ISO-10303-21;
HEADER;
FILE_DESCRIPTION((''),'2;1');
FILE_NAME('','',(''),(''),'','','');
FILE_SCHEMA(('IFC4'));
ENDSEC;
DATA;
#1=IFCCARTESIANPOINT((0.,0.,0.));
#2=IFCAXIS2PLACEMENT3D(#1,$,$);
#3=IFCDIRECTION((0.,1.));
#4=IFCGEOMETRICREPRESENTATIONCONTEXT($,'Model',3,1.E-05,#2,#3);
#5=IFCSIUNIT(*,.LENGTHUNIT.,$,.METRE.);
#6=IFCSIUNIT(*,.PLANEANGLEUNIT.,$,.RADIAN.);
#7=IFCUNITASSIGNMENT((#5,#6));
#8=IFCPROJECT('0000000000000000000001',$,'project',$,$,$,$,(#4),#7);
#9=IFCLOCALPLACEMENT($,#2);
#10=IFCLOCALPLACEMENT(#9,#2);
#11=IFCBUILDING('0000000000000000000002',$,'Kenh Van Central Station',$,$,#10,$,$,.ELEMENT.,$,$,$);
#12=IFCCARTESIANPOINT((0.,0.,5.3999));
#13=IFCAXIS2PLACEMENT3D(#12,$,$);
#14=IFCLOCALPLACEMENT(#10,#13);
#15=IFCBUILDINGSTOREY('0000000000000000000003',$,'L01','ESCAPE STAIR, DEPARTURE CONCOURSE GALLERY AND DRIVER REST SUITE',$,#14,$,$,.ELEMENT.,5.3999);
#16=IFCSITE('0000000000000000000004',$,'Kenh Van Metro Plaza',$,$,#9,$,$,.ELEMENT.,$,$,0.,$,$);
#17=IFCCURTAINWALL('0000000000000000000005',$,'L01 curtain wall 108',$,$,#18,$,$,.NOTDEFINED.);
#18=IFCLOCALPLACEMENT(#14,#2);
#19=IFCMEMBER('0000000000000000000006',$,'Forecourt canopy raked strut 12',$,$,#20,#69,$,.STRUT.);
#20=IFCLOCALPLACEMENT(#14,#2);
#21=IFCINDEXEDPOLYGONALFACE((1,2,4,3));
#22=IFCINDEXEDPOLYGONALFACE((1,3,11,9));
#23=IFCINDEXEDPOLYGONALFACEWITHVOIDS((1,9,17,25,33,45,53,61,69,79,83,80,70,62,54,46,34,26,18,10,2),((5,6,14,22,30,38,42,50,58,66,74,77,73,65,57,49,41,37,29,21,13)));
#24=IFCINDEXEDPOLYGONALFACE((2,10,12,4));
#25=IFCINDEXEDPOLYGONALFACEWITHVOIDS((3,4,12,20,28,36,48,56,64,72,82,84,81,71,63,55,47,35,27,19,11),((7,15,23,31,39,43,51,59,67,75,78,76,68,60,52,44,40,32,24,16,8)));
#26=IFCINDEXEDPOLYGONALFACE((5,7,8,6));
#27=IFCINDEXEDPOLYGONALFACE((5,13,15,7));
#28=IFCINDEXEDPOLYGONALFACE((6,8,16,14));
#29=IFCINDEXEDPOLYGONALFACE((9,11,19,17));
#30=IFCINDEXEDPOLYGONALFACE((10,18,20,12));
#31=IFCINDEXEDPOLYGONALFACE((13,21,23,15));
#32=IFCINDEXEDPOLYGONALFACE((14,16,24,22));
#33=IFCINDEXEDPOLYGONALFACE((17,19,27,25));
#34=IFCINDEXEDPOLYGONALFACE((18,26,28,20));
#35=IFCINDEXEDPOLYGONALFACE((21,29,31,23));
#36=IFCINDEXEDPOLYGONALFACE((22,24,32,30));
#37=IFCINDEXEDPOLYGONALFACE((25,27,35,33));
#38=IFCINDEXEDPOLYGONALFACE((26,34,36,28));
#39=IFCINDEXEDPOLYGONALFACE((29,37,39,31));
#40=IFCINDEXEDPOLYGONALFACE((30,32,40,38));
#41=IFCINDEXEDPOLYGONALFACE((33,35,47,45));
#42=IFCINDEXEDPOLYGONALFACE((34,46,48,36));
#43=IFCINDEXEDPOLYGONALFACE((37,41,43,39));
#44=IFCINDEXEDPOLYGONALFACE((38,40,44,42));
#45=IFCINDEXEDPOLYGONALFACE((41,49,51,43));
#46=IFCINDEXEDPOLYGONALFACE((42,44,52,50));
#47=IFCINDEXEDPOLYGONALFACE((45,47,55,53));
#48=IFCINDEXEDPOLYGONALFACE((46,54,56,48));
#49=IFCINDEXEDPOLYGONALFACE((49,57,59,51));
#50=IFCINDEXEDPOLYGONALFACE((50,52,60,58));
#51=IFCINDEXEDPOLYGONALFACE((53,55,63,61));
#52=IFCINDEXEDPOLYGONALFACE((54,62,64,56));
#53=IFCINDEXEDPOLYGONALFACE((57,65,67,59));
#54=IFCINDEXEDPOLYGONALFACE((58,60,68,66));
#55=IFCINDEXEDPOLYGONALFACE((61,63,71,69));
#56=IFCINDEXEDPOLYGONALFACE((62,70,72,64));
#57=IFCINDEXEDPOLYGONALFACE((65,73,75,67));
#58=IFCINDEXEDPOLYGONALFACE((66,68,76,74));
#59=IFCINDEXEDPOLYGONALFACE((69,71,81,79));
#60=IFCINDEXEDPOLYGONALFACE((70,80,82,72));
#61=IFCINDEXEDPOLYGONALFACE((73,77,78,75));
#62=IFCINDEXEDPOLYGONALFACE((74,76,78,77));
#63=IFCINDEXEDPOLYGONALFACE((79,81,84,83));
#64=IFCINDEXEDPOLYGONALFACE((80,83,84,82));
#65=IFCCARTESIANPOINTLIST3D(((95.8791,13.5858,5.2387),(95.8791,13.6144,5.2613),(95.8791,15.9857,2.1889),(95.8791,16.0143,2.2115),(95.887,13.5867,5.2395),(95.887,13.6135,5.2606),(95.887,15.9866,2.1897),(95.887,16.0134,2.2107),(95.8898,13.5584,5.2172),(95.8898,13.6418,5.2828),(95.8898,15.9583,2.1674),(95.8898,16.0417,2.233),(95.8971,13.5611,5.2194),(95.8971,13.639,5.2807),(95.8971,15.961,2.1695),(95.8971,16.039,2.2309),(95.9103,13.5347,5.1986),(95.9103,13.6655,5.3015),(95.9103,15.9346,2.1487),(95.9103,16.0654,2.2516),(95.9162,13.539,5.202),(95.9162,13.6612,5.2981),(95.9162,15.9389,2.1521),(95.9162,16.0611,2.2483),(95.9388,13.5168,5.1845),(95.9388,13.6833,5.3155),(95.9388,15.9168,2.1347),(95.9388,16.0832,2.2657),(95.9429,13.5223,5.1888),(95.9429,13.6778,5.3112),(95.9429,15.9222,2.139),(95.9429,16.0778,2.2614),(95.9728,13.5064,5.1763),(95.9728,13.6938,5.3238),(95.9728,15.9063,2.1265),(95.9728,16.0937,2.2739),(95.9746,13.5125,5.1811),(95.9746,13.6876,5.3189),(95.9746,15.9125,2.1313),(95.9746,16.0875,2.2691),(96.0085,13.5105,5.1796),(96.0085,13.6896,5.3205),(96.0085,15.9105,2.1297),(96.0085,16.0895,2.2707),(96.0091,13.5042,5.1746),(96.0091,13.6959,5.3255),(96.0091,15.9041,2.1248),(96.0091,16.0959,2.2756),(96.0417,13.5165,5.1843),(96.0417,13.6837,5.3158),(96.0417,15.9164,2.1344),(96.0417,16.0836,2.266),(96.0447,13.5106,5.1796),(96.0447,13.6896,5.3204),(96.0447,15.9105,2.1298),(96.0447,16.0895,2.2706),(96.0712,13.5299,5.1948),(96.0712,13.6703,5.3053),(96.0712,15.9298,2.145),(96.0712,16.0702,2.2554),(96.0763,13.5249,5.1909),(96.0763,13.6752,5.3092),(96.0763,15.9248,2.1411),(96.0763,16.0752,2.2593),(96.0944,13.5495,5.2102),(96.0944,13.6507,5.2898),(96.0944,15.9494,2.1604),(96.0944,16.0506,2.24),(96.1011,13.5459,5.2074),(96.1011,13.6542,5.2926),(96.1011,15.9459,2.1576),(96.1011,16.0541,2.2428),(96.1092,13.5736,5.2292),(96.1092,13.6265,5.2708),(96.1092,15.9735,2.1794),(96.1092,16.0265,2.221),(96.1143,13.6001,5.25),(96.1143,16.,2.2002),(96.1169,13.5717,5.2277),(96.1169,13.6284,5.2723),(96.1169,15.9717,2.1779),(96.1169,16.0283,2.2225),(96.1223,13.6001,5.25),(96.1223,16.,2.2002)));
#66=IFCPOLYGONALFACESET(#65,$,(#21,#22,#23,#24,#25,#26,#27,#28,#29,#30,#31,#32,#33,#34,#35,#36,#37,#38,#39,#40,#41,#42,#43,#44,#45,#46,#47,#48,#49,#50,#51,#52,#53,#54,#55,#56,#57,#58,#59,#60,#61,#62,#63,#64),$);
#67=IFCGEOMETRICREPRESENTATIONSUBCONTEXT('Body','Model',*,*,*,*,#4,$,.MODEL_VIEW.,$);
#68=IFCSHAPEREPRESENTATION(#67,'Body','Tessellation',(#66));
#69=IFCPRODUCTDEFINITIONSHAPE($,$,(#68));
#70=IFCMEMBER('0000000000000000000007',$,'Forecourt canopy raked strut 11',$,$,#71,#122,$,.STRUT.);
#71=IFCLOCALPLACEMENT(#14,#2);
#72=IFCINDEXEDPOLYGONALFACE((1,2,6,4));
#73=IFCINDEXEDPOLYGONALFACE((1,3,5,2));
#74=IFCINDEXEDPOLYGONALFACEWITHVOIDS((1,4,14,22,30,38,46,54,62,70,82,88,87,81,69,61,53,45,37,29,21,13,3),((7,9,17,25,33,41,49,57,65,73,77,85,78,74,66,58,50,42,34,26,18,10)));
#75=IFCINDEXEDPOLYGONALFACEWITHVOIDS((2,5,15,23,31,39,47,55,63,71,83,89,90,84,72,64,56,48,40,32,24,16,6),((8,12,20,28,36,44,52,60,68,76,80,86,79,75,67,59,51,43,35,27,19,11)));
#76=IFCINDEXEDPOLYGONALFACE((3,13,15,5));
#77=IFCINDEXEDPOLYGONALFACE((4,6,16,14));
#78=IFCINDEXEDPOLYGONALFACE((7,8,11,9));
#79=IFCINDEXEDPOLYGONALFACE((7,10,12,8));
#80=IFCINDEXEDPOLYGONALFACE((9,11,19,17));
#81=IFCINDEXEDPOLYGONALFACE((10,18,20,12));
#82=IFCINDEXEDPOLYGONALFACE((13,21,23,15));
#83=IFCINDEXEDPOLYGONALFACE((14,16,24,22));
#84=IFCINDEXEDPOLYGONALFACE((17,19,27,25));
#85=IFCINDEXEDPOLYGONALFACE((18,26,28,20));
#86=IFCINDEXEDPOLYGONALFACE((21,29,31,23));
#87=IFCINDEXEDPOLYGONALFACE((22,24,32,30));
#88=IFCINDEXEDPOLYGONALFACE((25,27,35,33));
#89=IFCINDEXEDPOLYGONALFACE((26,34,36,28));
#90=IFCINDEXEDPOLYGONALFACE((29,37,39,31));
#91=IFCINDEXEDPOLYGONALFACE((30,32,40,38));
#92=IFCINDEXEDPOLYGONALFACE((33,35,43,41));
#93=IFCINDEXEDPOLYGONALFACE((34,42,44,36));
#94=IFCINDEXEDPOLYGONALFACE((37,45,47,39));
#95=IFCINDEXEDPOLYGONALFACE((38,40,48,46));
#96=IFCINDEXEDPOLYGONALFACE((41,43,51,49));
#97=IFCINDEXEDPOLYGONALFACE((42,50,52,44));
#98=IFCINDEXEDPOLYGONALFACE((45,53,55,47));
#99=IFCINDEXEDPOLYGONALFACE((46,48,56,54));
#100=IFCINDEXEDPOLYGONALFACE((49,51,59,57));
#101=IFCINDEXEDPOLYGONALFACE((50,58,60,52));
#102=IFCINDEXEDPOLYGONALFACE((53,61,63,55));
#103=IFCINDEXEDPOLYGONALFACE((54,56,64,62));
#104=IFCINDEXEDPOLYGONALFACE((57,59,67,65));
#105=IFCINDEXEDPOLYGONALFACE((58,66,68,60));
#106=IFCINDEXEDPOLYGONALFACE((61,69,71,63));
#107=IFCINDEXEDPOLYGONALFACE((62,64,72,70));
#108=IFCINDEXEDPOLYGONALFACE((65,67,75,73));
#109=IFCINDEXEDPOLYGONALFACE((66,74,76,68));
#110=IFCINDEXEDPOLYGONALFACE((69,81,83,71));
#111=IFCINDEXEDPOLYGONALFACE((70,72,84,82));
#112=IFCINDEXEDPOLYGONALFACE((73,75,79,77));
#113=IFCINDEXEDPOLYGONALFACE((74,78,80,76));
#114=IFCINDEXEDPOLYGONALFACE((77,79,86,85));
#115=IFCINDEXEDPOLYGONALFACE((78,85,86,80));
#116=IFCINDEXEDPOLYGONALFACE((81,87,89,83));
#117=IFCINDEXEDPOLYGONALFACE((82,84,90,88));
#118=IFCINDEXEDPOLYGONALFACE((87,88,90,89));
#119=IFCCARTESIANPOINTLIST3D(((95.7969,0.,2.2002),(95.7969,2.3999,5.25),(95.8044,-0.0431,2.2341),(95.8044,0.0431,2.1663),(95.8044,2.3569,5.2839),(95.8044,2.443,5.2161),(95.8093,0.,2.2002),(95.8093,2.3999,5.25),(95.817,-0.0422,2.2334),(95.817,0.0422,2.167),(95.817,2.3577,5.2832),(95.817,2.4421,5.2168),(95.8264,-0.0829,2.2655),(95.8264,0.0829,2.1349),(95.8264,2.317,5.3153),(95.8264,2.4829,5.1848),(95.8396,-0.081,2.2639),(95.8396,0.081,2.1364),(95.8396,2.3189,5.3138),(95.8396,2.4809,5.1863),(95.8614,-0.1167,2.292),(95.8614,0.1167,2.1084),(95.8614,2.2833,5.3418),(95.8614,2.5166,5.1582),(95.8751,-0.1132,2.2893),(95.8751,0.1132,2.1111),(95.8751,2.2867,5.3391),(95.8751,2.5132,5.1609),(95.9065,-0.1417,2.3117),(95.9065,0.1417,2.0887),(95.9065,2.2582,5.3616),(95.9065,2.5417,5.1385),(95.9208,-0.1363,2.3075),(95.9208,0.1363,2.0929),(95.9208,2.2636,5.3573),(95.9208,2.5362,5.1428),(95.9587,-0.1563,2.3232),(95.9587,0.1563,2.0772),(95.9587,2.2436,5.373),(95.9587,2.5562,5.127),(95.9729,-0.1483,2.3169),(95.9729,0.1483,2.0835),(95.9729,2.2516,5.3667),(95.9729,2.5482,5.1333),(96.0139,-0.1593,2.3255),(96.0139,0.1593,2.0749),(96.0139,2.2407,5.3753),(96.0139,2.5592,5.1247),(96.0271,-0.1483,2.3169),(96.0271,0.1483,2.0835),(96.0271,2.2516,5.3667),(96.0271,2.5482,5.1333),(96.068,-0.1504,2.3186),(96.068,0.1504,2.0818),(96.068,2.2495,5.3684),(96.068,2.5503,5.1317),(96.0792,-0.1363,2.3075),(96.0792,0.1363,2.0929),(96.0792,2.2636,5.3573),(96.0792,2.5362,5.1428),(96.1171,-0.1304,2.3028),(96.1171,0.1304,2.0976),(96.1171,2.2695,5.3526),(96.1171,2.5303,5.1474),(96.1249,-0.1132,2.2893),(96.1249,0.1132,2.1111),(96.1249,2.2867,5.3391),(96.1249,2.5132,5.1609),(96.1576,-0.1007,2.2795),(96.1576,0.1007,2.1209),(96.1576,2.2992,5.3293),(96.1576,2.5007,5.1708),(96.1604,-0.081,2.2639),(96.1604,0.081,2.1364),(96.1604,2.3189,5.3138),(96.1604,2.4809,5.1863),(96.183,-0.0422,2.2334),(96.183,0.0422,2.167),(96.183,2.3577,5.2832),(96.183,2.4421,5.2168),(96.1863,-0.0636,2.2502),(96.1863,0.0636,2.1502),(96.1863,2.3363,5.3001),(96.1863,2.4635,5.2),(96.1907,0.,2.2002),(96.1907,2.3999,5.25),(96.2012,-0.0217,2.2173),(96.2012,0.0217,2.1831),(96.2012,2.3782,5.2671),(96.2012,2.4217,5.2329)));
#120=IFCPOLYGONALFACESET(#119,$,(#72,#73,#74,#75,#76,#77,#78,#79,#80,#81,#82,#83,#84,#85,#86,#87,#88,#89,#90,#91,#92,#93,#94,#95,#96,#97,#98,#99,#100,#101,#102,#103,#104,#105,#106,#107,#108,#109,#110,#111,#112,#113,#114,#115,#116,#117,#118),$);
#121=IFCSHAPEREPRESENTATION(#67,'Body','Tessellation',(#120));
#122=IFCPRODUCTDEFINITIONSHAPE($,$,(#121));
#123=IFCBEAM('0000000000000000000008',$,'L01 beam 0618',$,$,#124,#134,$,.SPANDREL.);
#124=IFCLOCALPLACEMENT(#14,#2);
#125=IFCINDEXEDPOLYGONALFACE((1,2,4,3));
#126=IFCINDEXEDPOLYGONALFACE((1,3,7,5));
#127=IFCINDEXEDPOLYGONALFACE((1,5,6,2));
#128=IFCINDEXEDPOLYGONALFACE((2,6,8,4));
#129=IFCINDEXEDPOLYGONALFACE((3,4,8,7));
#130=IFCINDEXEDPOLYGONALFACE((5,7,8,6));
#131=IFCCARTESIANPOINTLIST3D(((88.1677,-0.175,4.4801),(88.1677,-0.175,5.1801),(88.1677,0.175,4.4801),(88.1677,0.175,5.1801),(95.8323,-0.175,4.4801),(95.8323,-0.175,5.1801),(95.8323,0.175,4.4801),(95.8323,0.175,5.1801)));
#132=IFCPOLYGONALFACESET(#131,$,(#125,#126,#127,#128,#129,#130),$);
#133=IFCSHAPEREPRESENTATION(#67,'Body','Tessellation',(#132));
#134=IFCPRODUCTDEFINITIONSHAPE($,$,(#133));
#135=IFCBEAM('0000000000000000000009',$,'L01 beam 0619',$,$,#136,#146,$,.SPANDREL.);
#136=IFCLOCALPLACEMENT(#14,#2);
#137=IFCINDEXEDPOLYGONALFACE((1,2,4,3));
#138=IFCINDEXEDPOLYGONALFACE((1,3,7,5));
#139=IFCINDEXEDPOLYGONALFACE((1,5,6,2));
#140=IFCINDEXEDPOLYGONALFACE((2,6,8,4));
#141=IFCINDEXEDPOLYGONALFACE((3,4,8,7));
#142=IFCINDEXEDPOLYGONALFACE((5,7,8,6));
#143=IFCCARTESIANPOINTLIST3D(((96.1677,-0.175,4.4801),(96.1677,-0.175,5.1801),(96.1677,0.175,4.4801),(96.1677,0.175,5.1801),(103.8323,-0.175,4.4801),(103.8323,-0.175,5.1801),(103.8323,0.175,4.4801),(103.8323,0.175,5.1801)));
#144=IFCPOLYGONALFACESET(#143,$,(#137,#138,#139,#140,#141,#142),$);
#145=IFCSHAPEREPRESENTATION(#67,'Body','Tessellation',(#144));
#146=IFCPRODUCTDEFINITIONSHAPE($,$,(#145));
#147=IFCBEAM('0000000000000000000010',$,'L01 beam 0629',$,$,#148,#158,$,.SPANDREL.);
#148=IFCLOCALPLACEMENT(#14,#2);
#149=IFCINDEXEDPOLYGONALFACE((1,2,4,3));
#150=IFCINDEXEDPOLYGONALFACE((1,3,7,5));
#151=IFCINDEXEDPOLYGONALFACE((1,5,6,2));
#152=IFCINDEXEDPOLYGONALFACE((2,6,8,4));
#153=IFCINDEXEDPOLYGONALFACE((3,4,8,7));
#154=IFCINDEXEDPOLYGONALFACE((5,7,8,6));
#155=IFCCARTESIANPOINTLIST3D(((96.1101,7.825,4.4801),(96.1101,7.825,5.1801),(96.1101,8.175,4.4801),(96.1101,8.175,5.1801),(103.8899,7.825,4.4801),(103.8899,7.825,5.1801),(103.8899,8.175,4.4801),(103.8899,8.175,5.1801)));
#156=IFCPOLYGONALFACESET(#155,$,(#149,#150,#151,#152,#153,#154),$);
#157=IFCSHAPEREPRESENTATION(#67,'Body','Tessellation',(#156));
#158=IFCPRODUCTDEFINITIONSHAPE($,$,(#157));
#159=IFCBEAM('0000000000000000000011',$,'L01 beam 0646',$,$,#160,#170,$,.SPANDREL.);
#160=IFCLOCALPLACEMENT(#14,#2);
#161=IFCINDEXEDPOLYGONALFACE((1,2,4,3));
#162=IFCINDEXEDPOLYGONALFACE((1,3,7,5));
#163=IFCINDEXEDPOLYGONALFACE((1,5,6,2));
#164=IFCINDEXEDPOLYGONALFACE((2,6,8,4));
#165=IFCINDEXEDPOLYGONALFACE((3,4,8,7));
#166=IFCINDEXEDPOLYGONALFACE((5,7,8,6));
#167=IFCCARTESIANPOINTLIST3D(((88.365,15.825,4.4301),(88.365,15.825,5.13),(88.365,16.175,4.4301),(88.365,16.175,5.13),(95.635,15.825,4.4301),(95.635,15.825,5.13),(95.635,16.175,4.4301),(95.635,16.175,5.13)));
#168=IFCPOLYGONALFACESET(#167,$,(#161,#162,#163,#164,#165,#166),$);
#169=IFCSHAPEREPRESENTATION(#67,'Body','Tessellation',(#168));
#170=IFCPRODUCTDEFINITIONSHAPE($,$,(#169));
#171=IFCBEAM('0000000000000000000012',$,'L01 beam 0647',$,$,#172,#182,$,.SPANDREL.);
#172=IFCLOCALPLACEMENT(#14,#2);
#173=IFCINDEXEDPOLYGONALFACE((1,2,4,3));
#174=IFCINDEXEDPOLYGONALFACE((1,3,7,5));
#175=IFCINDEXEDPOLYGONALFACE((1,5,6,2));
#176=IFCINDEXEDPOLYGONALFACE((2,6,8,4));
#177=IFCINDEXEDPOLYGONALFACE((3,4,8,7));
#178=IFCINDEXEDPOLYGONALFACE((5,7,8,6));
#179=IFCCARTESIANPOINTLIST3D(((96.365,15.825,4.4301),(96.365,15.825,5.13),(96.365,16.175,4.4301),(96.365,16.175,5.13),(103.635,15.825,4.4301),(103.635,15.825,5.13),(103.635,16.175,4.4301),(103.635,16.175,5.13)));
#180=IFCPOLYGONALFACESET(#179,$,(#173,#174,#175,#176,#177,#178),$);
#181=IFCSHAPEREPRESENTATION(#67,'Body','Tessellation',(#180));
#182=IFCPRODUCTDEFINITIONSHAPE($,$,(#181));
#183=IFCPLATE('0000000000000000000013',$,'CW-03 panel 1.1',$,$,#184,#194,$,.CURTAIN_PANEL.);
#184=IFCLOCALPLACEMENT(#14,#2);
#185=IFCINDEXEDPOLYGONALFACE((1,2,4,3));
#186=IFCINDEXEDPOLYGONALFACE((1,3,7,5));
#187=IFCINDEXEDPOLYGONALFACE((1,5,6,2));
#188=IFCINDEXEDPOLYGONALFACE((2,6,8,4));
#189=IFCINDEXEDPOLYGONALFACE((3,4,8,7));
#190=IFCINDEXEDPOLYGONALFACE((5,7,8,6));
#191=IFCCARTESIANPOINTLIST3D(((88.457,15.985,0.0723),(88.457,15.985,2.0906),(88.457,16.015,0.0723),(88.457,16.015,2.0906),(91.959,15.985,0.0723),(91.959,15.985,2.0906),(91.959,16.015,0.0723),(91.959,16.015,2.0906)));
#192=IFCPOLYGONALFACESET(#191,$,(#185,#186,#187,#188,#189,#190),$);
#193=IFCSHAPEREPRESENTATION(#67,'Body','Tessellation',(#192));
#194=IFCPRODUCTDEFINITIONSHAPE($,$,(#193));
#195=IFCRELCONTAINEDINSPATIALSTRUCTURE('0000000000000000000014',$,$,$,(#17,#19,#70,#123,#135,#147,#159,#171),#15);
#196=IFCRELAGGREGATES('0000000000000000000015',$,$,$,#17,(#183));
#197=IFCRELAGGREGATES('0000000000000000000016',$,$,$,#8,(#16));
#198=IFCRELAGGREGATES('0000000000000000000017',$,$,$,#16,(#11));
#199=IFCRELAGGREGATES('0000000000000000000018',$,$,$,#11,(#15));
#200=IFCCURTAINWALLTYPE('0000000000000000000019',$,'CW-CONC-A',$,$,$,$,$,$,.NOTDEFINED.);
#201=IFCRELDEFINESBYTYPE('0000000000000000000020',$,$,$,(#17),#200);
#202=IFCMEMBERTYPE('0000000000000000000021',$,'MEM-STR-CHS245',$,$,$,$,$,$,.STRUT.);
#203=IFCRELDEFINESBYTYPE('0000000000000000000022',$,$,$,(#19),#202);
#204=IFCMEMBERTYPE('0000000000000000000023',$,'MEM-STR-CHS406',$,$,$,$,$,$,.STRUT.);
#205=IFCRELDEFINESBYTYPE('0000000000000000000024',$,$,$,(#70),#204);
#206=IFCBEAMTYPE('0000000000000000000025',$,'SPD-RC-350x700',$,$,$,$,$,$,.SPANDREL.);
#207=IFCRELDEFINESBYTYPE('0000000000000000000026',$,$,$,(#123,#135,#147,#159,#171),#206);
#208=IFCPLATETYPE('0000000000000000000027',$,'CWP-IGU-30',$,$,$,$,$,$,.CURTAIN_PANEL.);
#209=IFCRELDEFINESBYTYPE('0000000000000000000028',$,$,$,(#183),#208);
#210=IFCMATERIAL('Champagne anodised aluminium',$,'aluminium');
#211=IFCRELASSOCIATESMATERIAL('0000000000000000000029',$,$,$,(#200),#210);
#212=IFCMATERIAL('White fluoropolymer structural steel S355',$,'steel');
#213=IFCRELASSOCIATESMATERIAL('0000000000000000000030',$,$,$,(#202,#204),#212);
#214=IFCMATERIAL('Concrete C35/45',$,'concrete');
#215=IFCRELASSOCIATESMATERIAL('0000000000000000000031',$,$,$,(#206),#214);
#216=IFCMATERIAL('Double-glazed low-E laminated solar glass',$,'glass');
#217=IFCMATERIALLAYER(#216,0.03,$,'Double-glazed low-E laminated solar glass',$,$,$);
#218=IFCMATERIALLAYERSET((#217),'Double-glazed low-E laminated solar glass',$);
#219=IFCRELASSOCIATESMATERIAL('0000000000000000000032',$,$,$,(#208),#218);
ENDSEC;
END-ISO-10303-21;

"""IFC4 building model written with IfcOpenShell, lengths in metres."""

from ifc_helpers import new_model, si_unit, direction, frame, origin, origin_2d, place, context, subcontext, project, spatial, rectangle, hollow_circle, extrude, material, layer, layer_set, material_profile, profile_set, type_object, element, aggregate, save


model = new_model("IFC4")

# Units and contexts
model_context = context("Model", 3, precision=1e-05, world=origin(), true_north=direction((0.0, 1.0)))
body_context = subcontext(model_context, "Body", "Model", "MODEL_VIEW")
ifc_project = project(units=[si_unit("LENGTHUNIT", "METRE"), si_unit("PLANEANGLEUNIT", "RADIAN")], contexts=[model_context])

# Site, building, storey
site_placement = place(None, origin())
site = spatial("IfcSite", under=ifc_project, at=site_placement, Name="Kenh Van Metro Plaza", CompositionType="ELEMENT", RefElevation=0.0)
building_placement = place(site_placement, origin())
building = spatial("IfcBuilding", under=site, at=building_placement, Name="Kenh Van Central Station", CompositionType="ELEMENT")
storey_placement = place(building_placement, frame((0.0, 0.0, 5.3999)))
storey = spatial("IfcBuildingStorey", under=building, at=storey_placement, Name="L01", Description="ESCAPE STAIR, DEPARTURE CONCOURSE GALLERY AND DRIVER REST SUITE", CompositionType="ELEMENT", Elevation=5.3999)

# Shared definitions
ifc_material_1 = material(Name="Concrete C35/45", Category="concrete")

# Curtain wall
ifc_material_2 = material(Name="Champagne anodised aluminium", Category="aluminium")
curtain_wall_type = type_object("IfcCurtainWallType", Name="CW-CONC-A", PredefinedType="NOTDEFINED", material=ifc_material_2)
curtain_wall_1_placement = place(storey_placement, origin())
curtain_wall_1 = element("IfcCurtainWall", 1, at=curtain_wall_1_placement, inside=storey, type_object=curtain_wall_type, Name="L01 curtain wall 108", PredefinedType="NOTDEFINED")

# Members
ifc_material_3 = material(Name="White fluoropolymer structural steel S355", Category="steel")
ifc_material_profile_1 = material_profile(ifc_material_3, hollow_circle(Radius=0.1223, WallThickness=0.0081, at=origin_2d()), Name="CHS 244.5x8")
ifc_profile_set_1 = profile_set([ifc_material_profile_1], Name="White fluoropolymer structural steel S355")
member_type_1 = type_object("IfcMemberType", Name="MEM-STR-CHS245", PredefinedType="STRUT", material=ifc_profile_set_1)
for number, where, z_axis, x_axis, name in (
    (2, (96.0, 16.0, 2.2002), (0.0, -0.618399, 0.785864), (1.0, 0.0, 0.0), "Forecourt canopy raked strut 12"),
):
    element("IfcMember", number, at=place(storey_placement, frame(where, z_axis=z_axis, x_axis=x_axis)), inside=storey, type_object=member_type_1, Name=name, PredefinedType="STRUT", context=body_context, shape_type="SweptSolid", body=[
        extrude(hollow_circle(Radius=0.1223, WallThickness=0.0081, at=origin_2d()), origin(), (0.0, 0.0, 1.0), 3.8809),
    ])
ifc_material_profile_2 = material_profile(ifc_material_3, hollow_circle(Radius=0.2031, WallThickness=0.0125, at=origin_2d()), Name="CHS 406.4x12.5")
ifc_profile_set_2 = profile_set([ifc_material_profile_2], Name="White fluoropolymer structural steel S355")
member_type_2 = type_object("IfcMemberType", Name="MEM-STR-CHS406", PredefinedType="STRUT", material=ifc_profile_set_2)
member_1_placement = place(storey_placement, frame((96.0, 0.0, 2.2002), z_axis=(0.0, 0.618399, 0.785864), x_axis=(-1.0, 0.0, 0.0)))
element("IfcMember", 3, at=member_1_placement, inside=storey, type_object=member_type_2, Name="Forecourt canopy raked strut 11", PredefinedType="STRUT", context=body_context, shape_type="SweptSolid", body=[
    extrude(hollow_circle(Radius=0.2031, WallThickness=0.0125, at=origin_2d()), origin(), (0.0, 0.0, 1.0), 3.8809),
])

# Beams
ifc_material_profile_3 = material_profile(ifc_material_1, rectangle(XDim=0.3501, YDim=0.7, at=origin_2d()), Name="RC 350x700")
ifc_profile_set_3 = profile_set([ifc_material_profile_3], Name="Concrete C35/45")
beam_type_1 = type_object("IfcBeamType", Name="SPD-RC-350x700", PredefinedType="SPANDREL", material=ifc_profile_set_3)
for number, where, z_axis, x_axis, name in (
    (4, (88.1677, 0.0, 4.8301), (1.0, 0.0, 0.0), (0.0, 1.0, 0.0), "L01 beam 0618"),
    (5, (96.1677, 0.0, 4.8301), (1.0, 0.0, 0.0), (0.0, 1.0, 0.0), "L01 beam 0619"),
):
    element("IfcBeam", number, at=place(storey_placement, frame(where, z_axis=z_axis, x_axis=x_axis)), inside=storey, type_object=beam_type_1, Name=name, PredefinedType="SPANDREL", context=body_context, shape_type="SweptSolid", body=[
        extrude(rectangle(XDim=0.3501, YDim=0.7, at=origin_2d()), origin(), (0.0, 0.0, 1.0), 7.6646),
    ])
beam_1_placement = place(storey_placement, frame((96.1101, 8.0, 4.8301), z_axis=(1.0, 0.0, 0.0), x_axis=(0.0, 1.0, 0.0)))
element("IfcBeam", 6, at=beam_1_placement, inside=storey, type_object=beam_type_1, Name="L01 beam 0629", PredefinedType="SPANDREL", context=body_context, shape_type="SweptSolid", body=[
    extrude(rectangle(XDim=0.3501, YDim=0.7, at=origin_2d()), origin(), (0.0, 0.0, 1.0), 7.7798),
])
for number, where, z_axis, x_axis, name in (
    (7, (88.365, 16.0, 4.78), (1.0, 0.0, 0.0), (0.0, 1.0, 0.0), "L01 beam 0646"),
    (8, (96.365, 16.0, 4.78), (1.0, 0.0, 0.0), (0.0, 1.0, 0.0), "L01 beam 0647"),
):
    element("IfcBeam", number, at=place(storey_placement, frame(where, z_axis=z_axis, x_axis=x_axis)), inside=storey, type_object=beam_type_1, Name=name, PredefinedType="SPANDREL", context=body_context, shape_type="SweptSolid", body=[
        extrude(rectangle(XDim=0.3501, YDim=0.7, at=origin_2d()), origin(), (0.0, 0.0, 1.0), 7.27),
    ])

# Plate
ifc_material_4 = material(Name="Double-glazed low-E laminated solar glass", Category="glass")
ifc_layer_1 = layer(ifc_material_4, 0.03, Name="Double-glazed low-E laminated solar glass")
ifc_layer_set_1 = layer_set([ifc_layer_1], Name="Double-glazed low-E laminated solar glass")
plate_type = type_object("IfcPlateType", Name="CWP-IGU-30", PredefinedType="CURTAIN_PANEL", material=ifc_layer_set_1)
plate_1_placement = place(storey_placement, frame((90.208, 16.0, 0.0723), z_axis=(0.0, 0.0, 1.0), x_axis=(1.0, 0.0, 0.0)))
plate_1 = element("IfcPlate", 9, at=plate_1_placement, type_object=plate_type, Name="CW-03 panel 1.1", PredefinedType="CURTAIN_PANEL", context=body_context, shape_type="SweptSolid", body=[
    extrude(rectangle(XDim=3.502, YDim=0.03, at=origin_2d()), origin(), (0.0, 0.0, 1.0), 2.0183),
])
aggregate(curtain_wall_1, [plate_1])

save(model, "model.ifc")
